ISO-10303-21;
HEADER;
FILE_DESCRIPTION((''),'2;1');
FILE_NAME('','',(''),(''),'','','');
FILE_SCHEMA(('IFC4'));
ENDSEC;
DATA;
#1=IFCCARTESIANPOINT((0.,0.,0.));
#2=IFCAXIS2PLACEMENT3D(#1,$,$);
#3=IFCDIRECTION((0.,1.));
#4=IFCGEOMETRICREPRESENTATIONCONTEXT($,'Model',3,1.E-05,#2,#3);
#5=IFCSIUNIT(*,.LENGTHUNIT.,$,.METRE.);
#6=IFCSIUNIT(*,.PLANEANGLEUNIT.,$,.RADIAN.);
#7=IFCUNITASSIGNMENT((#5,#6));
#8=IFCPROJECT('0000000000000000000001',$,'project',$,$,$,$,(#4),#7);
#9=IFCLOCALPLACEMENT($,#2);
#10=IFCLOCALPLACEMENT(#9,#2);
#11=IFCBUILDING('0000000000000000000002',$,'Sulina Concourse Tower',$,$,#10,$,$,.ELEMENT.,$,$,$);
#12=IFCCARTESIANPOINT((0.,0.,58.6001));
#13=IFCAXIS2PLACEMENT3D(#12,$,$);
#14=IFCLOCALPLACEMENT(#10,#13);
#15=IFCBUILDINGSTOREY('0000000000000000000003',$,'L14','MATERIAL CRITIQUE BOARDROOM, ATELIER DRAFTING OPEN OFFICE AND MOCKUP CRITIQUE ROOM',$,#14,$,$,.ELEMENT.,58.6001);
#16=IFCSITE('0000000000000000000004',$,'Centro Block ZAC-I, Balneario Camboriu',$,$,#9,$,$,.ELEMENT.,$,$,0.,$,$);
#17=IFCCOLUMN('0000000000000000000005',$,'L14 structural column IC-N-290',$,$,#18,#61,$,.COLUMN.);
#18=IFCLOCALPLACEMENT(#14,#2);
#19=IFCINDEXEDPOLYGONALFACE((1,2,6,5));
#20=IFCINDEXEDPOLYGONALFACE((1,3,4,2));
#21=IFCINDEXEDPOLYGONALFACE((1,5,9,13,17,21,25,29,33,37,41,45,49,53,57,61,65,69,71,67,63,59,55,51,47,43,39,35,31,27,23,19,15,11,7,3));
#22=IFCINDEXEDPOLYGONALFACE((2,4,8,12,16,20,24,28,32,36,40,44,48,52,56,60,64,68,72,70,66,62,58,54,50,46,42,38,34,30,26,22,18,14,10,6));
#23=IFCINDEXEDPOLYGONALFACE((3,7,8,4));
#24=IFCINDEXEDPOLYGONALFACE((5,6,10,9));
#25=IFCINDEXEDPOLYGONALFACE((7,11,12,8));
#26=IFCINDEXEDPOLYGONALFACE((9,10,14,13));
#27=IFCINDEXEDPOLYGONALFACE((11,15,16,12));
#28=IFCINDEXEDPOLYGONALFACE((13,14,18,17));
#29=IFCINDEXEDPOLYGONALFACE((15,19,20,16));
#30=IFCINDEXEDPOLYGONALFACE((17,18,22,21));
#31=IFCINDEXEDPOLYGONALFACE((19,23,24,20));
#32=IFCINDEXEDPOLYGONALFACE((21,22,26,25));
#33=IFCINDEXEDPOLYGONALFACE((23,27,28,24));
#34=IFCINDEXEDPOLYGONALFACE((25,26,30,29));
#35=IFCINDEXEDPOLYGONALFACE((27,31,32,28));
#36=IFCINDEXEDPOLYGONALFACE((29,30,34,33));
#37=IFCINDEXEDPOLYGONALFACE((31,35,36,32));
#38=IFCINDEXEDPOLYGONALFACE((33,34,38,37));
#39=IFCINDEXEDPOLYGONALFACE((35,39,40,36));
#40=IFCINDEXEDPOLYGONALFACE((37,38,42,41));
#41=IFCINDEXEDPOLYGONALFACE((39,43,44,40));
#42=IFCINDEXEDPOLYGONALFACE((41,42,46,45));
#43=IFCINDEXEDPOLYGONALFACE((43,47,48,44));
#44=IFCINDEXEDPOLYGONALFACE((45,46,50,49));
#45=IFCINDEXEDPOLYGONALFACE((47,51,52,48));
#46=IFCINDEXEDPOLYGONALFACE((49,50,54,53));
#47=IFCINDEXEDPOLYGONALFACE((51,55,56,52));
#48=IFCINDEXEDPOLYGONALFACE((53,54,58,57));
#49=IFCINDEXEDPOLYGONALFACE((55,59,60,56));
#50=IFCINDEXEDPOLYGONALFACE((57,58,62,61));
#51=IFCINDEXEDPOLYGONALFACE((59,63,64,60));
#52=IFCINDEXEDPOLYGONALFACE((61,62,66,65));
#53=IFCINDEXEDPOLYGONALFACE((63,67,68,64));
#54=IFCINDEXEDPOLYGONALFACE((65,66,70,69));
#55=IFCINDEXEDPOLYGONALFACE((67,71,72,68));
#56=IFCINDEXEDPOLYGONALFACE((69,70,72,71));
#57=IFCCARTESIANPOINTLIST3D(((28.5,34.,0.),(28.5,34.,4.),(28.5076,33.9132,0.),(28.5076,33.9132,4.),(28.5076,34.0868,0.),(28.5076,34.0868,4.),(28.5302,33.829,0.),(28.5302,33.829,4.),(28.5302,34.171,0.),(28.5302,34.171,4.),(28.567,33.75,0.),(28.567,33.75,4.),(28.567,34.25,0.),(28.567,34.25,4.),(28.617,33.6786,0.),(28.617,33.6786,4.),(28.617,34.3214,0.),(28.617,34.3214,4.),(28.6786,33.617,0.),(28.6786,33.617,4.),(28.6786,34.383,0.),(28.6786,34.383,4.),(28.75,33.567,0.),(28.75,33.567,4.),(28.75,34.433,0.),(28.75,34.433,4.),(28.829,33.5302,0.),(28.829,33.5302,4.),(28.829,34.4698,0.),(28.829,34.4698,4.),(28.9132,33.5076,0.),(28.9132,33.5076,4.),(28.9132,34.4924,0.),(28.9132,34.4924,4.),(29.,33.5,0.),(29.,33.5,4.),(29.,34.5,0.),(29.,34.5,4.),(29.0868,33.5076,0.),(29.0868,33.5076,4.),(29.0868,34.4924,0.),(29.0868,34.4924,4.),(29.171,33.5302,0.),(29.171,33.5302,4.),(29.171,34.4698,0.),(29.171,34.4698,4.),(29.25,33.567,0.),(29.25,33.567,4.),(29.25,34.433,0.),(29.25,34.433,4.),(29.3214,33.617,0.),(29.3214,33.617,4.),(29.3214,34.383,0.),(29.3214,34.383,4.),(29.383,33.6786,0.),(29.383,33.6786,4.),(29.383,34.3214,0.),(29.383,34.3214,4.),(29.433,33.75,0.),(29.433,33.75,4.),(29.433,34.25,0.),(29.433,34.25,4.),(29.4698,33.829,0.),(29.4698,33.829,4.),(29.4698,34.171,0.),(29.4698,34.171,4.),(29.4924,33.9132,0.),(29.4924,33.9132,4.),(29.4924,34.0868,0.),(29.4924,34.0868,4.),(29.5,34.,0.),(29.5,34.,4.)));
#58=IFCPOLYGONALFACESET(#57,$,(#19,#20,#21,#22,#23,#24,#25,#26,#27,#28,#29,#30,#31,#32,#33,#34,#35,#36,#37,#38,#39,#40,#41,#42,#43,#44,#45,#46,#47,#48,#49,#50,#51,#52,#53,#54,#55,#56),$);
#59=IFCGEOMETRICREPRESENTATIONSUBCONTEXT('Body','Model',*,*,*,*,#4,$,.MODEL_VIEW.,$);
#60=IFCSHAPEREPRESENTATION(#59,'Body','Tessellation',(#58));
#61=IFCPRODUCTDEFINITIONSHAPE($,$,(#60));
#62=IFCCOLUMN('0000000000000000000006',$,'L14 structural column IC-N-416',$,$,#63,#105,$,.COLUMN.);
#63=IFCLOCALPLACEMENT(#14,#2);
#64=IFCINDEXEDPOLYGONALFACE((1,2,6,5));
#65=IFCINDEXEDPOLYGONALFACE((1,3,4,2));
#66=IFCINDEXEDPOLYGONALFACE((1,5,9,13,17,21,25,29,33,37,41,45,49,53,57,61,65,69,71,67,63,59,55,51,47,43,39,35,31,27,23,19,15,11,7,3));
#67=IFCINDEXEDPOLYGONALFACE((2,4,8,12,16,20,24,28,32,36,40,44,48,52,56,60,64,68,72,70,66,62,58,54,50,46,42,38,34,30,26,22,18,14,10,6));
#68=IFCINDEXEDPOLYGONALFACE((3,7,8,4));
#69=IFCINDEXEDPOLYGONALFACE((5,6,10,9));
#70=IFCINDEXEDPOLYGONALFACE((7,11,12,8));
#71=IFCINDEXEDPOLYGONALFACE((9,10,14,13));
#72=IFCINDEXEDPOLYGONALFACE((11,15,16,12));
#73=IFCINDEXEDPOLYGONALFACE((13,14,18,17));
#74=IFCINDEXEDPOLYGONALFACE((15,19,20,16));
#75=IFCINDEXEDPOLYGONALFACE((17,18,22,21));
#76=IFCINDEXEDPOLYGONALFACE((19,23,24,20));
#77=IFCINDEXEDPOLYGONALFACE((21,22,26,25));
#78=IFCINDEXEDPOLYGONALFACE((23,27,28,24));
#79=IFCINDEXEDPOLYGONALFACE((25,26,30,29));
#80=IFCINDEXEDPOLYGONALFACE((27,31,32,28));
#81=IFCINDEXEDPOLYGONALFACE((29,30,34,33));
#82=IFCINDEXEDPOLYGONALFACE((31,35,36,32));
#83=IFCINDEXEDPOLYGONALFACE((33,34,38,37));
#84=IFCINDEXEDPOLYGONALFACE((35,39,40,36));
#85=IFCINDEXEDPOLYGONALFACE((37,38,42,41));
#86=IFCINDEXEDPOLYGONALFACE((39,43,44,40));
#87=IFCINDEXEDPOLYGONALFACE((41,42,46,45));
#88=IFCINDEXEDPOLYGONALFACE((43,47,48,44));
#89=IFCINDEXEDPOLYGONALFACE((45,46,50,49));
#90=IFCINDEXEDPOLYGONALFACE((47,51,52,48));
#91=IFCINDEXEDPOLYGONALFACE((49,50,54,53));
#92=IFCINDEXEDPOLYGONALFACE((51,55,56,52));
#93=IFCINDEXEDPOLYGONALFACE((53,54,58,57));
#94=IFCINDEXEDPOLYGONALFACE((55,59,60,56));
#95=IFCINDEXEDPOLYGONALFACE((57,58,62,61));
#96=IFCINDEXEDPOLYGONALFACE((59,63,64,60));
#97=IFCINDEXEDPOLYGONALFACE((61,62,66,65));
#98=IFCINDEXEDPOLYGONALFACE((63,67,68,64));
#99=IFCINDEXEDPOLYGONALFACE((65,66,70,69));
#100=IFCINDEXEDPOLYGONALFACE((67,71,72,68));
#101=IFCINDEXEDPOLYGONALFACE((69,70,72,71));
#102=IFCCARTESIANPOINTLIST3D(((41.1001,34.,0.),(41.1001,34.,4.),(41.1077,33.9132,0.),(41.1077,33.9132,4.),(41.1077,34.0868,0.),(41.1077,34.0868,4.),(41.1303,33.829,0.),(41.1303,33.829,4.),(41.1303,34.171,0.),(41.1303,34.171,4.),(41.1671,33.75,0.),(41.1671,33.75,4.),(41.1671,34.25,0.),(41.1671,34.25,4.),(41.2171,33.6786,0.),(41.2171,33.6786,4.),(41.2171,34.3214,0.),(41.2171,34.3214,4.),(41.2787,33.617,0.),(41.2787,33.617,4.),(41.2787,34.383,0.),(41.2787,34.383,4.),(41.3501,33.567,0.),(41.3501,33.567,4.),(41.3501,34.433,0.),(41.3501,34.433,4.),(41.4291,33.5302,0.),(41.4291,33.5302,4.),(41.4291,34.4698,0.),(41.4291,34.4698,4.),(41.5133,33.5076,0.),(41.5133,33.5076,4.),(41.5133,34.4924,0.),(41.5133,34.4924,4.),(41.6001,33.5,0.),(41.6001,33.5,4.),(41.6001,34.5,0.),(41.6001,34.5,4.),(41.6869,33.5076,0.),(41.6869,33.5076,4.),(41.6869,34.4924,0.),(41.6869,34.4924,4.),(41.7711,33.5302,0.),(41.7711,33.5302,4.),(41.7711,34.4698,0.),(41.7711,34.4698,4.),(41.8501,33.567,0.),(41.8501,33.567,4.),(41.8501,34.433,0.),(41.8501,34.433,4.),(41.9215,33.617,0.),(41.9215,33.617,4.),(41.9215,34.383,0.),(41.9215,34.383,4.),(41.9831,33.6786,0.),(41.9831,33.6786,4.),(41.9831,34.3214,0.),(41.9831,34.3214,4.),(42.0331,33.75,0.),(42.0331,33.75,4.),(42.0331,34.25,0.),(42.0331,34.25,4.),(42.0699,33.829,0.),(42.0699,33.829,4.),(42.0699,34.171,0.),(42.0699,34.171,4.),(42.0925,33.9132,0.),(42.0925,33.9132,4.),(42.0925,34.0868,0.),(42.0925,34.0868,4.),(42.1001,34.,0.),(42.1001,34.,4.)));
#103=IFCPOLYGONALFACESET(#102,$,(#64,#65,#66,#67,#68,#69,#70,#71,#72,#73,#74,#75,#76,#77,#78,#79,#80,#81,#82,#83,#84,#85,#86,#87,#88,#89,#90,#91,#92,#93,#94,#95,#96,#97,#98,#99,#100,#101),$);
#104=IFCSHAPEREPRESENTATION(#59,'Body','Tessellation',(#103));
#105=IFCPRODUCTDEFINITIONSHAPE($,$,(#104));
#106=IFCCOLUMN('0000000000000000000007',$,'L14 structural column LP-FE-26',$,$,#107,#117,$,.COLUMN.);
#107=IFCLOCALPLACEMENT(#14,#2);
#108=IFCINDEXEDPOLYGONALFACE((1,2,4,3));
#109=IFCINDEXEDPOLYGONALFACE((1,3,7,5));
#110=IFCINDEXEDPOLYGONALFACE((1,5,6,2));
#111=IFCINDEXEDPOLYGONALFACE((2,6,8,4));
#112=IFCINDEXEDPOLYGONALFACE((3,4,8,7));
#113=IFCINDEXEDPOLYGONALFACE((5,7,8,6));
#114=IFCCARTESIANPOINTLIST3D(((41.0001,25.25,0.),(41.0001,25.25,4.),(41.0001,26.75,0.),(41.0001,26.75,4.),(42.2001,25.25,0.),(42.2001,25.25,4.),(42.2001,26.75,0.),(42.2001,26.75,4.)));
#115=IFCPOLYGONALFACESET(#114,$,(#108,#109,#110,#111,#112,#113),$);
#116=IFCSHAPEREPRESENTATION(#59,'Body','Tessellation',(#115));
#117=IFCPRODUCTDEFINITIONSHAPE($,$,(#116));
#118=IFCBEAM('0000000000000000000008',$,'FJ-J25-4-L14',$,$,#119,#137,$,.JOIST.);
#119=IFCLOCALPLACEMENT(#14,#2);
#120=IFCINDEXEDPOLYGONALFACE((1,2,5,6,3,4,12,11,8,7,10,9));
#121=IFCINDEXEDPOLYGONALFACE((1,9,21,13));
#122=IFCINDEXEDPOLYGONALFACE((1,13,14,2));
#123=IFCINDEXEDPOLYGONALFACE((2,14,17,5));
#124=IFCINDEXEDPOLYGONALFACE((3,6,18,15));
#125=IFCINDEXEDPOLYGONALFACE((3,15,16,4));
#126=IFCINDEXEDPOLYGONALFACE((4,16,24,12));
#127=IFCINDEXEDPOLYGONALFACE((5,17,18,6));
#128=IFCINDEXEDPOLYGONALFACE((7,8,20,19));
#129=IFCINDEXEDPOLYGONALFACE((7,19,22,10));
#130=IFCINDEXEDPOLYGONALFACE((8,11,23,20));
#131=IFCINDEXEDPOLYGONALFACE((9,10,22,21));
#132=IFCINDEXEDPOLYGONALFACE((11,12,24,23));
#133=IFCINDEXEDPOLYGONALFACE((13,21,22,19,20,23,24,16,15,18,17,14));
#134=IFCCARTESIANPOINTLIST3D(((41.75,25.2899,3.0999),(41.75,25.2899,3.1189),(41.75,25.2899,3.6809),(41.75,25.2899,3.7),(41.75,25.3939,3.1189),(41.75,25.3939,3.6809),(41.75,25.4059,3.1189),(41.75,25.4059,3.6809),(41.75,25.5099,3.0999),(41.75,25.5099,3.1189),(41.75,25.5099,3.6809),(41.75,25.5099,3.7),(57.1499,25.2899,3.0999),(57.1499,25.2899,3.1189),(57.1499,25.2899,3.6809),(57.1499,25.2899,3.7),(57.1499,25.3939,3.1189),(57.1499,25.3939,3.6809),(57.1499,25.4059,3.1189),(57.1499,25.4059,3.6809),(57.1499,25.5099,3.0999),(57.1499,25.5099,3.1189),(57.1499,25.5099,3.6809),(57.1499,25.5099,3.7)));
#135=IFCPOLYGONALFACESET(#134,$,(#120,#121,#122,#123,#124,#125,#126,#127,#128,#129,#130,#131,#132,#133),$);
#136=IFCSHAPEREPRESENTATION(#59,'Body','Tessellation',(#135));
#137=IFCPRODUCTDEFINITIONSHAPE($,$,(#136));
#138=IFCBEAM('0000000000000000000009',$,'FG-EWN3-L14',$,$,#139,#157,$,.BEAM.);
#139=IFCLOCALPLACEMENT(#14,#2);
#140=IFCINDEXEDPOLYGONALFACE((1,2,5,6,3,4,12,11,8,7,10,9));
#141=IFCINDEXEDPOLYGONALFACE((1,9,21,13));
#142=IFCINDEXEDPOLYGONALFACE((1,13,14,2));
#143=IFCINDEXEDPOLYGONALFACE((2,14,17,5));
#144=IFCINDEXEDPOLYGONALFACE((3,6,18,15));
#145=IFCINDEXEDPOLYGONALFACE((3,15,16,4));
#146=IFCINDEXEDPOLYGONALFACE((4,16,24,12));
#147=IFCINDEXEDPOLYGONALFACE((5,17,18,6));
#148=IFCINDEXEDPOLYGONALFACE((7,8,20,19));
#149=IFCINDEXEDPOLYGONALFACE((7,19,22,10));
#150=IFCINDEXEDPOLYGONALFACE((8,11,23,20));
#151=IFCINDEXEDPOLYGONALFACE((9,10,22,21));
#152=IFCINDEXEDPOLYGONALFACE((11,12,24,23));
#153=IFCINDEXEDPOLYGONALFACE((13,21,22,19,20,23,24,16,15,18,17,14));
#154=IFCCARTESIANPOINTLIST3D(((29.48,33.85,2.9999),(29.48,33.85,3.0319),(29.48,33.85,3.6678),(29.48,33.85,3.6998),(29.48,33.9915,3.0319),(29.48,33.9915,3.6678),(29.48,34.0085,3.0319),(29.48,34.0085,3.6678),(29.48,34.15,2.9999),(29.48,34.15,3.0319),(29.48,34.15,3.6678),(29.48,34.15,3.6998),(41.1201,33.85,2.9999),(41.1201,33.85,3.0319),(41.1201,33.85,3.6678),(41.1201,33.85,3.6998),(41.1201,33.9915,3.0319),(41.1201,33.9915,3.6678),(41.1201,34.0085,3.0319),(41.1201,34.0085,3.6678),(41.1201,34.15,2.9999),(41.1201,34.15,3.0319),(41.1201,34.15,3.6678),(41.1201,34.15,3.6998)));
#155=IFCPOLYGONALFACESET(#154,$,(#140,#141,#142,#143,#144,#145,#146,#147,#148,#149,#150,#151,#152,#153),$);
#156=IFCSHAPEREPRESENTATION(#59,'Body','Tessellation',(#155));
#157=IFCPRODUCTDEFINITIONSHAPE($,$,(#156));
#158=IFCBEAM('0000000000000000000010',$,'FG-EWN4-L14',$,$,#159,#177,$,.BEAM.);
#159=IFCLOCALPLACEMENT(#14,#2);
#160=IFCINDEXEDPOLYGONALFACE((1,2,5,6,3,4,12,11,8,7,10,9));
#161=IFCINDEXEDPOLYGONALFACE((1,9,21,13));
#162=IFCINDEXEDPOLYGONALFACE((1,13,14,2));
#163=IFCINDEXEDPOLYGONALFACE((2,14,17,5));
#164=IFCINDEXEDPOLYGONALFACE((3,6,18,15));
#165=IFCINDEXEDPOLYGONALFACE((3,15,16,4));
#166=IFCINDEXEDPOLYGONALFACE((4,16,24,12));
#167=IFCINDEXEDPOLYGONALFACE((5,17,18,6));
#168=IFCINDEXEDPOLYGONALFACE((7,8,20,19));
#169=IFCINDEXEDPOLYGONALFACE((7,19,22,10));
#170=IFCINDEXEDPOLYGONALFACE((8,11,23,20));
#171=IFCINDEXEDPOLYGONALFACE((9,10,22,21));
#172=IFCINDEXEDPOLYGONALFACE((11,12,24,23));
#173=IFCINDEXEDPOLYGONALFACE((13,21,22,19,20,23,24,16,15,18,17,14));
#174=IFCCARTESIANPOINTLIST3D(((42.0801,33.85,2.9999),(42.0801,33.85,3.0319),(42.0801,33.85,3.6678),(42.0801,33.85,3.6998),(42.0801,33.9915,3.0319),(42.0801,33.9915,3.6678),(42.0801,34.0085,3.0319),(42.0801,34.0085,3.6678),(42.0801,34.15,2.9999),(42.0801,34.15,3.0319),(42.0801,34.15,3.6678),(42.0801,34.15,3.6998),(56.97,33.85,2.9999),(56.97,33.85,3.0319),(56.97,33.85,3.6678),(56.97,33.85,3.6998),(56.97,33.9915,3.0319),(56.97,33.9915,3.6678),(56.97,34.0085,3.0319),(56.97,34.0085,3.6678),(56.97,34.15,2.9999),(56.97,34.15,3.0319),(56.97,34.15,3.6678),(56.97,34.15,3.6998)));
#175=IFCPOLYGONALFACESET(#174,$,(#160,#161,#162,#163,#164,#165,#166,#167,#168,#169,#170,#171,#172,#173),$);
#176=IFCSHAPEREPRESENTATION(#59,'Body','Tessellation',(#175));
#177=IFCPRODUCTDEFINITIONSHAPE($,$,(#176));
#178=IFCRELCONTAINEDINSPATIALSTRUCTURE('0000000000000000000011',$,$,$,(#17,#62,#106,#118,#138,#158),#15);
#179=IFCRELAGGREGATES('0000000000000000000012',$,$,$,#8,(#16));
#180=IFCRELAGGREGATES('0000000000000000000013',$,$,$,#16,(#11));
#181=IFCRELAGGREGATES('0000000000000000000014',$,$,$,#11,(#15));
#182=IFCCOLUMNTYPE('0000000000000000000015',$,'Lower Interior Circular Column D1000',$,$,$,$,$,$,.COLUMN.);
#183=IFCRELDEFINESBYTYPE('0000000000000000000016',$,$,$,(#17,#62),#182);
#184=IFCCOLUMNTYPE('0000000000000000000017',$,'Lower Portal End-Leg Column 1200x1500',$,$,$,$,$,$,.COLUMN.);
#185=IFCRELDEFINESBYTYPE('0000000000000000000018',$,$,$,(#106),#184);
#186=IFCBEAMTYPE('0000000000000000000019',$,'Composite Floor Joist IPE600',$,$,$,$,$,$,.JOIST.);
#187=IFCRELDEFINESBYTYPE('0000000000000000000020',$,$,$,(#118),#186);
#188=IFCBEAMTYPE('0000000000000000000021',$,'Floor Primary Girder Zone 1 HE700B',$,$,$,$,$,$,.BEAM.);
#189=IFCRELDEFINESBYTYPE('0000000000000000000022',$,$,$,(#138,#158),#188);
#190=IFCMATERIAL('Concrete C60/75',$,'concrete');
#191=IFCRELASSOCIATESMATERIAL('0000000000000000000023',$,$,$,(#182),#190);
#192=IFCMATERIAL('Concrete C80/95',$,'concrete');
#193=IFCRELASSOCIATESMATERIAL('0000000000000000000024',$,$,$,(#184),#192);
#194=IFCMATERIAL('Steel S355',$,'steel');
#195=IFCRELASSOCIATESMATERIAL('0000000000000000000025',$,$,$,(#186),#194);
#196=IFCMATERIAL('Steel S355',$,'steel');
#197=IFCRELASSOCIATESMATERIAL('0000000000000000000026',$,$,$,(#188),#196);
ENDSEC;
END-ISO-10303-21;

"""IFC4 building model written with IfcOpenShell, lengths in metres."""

from ifc_helpers import new_model, si_unit, direction, frame, origin, origin_2d, place, context, subcontext, project, spatial, rectangle, circle, i_section, extrude, material, material_profile, profile_set, type_object, element, save


model = new_model("IFC4")

# Units and contexts
model_context = context("Model", 3, precision=1e-05, world=origin(), true_north=direction((0.0, 1.0)))
body_context = subcontext(model_context, "Body", "Model", "MODEL_VIEW")
ifc_project = project(units=[si_unit("LENGTHUNIT", "METRE"), si_unit("PLANEANGLEUNIT", "RADIAN")], contexts=[model_context])

# Site, building, storey
site_placement = place(None, origin())
site = spatial("IfcSite", under=ifc_project, at=site_placement, Name="Centro Block ZAC-I, Balneario Camboriu", CompositionType="ELEMENT", RefElevation=0.0)
building_placement = place(site_placement, origin())
building = spatial("IfcBuilding", under=site, at=building_placement, Name="Sulina Concourse Tower", CompositionType="ELEMENT")
storey_placement = place(building_placement, frame((0.0, 0.0, 58.6001)))
storey = spatial("IfcBuildingStorey", under=building, at=storey_placement, Name="L14", Description="MATERIAL CRITIQUE BOARDROOM, ATELIER DRAFTING OPEN OFFICE AND MOCKUP CRITIQUE ROOM", CompositionType="ELEMENT", Elevation=58.6001)

# Columns
ifc_material_1 = material(Name="Concrete C60/75", Category="concrete")
ifc_material_profile_1 = material_profile(ifc_material_1, circle(Radius=0.5, at=origin_2d()), Name="RC D1000")
ifc_profile_set_1 = profile_set([ifc_material_profile_1], Name="Concrete C60/75")
column_type_1 = type_object("IfcColumnType", Name="Lower Interior Circular Column D1000", PredefinedType="COLUMN", material=ifc_profile_set_1)
for number, where, z_axis, x_axis, name in (
    (1, (29.0, 34.0, 0.0), (0.0, 0.0, 1.0), (1.0, 0.0, 0.0), "L14 structural column IC-N-290"),
    (2, (41.6001, 34.0, 0.0), (0.0, 0.0, 1.0), (1.0, 0.0, 0.0), "L14 structural column IC-N-416"),
):
    element("IfcColumn", number, at=place(storey_placement, frame(where, z_axis=z_axis, x_axis=x_axis)), inside=storey, type_object=column_type_1, Name=name, PredefinedType="COLUMN", context=body_context, shape_type="SweptSolid", body=[
        extrude(circle(Radius=0.5, at=origin_2d()), origin(), (0.0, 0.0, 1.0), 4.0),
    ])
ifc_material_2 = material(Name="Concrete C80/95", Category="concrete")
ifc_material_profile_2 = material_profile(ifc_material_2, rectangle(XDim=1.2, YDim=1.5, at=origin_2d()), Name="RC 1200x1500")
ifc_profile_set_2 = profile_set([ifc_material_profile_2], Name="Concrete C80/95")
column_type_2 = type_object("IfcColumnType", Name="Lower Portal End-Leg Column 1200x1500", PredefinedType="COLUMN", material=ifc_profile_set_2)
column_placement = place(storey_placement, frame((41.6001, 26.0, 0.0), z_axis=(0.0, 0.0, 1.0), x_axis=(1.0, 0.0, 0.0)))
element("IfcColumn", 3, at=column_placement, inside=storey, type_object=column_type_2, Name="L14 structural column LP-FE-26", PredefinedType="COLUMN", context=body_context, shape_type="SweptSolid", body=[
    extrude(rectangle(XDim=1.2, YDim=1.5, at=origin_2d()), origin(), (0.0, 0.0, 1.0), 4.0),
])

# Beams
ifc_material_3 = material(Name="Steel S355", Category="steel")
ifc_material_profile_3 = material_profile(ifc_material_3, i_section(OverallWidth=0.22, OverallDepth=0.6001, WebThickness=0.012, FlangeThickness=0.019, at=origin_2d()), Name="IPE 600")
ifc_profile_set_3 = profile_set([ifc_material_profile_3], Name="Steel S355")
beam_type_1 = type_object("IfcBeamType", Name="Composite Floor Joist IPE600", PredefinedType="JOIST", material=ifc_profile_set_3)
beam_1_placement = place(storey_placement, frame((41.75, 25.3999, 3.3999), z_axis=(1.0, 0.0, 0.0), x_axis=(0.0, 1.0, 0.0)))
element("IfcBeam", 4, at=beam_1_placement, inside=storey, type_object=beam_type_1, Name="FJ-J25-4-L14", PredefinedType="JOIST", context=body_context, shape_type="SweptSolid", body=[
    extrude(i_section(OverallWidth=0.22, OverallDepth=0.6001, WebThickness=0.012, FlangeThickness=0.019, at=origin_2d()), origin(), (0.0, 0.0, 1.0), 15.3999),
])
ifc_material_4 = material(Name="Steel S355", Category="steel")
ifc_material_profile_4 = material_profile(ifc_material_4, i_section(OverallWidth=0.3, OverallDepth=0.7, WebThickness=0.0171, FlangeThickness=0.032, at=origin_2d()), Name="HE 700 B")
ifc_profile_set_4 = profile_set([ifc_material_profile_4], Name="Steel S355")
beam_type_2 = type_object("IfcBeamType", Name="Floor Primary Girder Zone 1 HE700B", PredefinedType="BEAM", material=ifc_profile_set_4)
beam_2_placement = place(storey_placement, frame((29.48, 34.0, 3.3499), z_axis=(1.0, 0.0, 0.0), x_axis=(0.0, 1.0, 0.0)))
element("IfcBeam", 5, at=beam_2_placement, inside=storey, type_object=beam_type_2, Name="FG-EWN3-L14", PredefinedType="BEAM", context=body_context, shape_type="SweptSolid", body=[
    extrude(i_section(OverallWidth=0.3, OverallDepth=0.7, WebThickness=0.0171, FlangeThickness=0.032, at=origin_2d()), origin(), (0.0, 0.0, 1.0), 11.6401),
])
beam_3_placement = place(storey_placement, frame((42.0801, 34.0, 3.3499), z_axis=(1.0, 0.0, 0.0), x_axis=(0.0, 1.0, 0.0)))
element("IfcBeam", 6, at=beam_3_placement, inside=storey, type_object=beam_type_2, Name="FG-EWN4-L14", PredefinedType="BEAM", context=body_context, shape_type="SweptSolid", body=[
    extrude(i_section(OverallWidth=0.3, OverallDepth=0.7, WebThickness=0.0171, FlangeThickness=0.032, at=origin_2d()), origin(), (0.0, 0.0, 1.0), 14.8899),
])

save(model, "model.ifc")
